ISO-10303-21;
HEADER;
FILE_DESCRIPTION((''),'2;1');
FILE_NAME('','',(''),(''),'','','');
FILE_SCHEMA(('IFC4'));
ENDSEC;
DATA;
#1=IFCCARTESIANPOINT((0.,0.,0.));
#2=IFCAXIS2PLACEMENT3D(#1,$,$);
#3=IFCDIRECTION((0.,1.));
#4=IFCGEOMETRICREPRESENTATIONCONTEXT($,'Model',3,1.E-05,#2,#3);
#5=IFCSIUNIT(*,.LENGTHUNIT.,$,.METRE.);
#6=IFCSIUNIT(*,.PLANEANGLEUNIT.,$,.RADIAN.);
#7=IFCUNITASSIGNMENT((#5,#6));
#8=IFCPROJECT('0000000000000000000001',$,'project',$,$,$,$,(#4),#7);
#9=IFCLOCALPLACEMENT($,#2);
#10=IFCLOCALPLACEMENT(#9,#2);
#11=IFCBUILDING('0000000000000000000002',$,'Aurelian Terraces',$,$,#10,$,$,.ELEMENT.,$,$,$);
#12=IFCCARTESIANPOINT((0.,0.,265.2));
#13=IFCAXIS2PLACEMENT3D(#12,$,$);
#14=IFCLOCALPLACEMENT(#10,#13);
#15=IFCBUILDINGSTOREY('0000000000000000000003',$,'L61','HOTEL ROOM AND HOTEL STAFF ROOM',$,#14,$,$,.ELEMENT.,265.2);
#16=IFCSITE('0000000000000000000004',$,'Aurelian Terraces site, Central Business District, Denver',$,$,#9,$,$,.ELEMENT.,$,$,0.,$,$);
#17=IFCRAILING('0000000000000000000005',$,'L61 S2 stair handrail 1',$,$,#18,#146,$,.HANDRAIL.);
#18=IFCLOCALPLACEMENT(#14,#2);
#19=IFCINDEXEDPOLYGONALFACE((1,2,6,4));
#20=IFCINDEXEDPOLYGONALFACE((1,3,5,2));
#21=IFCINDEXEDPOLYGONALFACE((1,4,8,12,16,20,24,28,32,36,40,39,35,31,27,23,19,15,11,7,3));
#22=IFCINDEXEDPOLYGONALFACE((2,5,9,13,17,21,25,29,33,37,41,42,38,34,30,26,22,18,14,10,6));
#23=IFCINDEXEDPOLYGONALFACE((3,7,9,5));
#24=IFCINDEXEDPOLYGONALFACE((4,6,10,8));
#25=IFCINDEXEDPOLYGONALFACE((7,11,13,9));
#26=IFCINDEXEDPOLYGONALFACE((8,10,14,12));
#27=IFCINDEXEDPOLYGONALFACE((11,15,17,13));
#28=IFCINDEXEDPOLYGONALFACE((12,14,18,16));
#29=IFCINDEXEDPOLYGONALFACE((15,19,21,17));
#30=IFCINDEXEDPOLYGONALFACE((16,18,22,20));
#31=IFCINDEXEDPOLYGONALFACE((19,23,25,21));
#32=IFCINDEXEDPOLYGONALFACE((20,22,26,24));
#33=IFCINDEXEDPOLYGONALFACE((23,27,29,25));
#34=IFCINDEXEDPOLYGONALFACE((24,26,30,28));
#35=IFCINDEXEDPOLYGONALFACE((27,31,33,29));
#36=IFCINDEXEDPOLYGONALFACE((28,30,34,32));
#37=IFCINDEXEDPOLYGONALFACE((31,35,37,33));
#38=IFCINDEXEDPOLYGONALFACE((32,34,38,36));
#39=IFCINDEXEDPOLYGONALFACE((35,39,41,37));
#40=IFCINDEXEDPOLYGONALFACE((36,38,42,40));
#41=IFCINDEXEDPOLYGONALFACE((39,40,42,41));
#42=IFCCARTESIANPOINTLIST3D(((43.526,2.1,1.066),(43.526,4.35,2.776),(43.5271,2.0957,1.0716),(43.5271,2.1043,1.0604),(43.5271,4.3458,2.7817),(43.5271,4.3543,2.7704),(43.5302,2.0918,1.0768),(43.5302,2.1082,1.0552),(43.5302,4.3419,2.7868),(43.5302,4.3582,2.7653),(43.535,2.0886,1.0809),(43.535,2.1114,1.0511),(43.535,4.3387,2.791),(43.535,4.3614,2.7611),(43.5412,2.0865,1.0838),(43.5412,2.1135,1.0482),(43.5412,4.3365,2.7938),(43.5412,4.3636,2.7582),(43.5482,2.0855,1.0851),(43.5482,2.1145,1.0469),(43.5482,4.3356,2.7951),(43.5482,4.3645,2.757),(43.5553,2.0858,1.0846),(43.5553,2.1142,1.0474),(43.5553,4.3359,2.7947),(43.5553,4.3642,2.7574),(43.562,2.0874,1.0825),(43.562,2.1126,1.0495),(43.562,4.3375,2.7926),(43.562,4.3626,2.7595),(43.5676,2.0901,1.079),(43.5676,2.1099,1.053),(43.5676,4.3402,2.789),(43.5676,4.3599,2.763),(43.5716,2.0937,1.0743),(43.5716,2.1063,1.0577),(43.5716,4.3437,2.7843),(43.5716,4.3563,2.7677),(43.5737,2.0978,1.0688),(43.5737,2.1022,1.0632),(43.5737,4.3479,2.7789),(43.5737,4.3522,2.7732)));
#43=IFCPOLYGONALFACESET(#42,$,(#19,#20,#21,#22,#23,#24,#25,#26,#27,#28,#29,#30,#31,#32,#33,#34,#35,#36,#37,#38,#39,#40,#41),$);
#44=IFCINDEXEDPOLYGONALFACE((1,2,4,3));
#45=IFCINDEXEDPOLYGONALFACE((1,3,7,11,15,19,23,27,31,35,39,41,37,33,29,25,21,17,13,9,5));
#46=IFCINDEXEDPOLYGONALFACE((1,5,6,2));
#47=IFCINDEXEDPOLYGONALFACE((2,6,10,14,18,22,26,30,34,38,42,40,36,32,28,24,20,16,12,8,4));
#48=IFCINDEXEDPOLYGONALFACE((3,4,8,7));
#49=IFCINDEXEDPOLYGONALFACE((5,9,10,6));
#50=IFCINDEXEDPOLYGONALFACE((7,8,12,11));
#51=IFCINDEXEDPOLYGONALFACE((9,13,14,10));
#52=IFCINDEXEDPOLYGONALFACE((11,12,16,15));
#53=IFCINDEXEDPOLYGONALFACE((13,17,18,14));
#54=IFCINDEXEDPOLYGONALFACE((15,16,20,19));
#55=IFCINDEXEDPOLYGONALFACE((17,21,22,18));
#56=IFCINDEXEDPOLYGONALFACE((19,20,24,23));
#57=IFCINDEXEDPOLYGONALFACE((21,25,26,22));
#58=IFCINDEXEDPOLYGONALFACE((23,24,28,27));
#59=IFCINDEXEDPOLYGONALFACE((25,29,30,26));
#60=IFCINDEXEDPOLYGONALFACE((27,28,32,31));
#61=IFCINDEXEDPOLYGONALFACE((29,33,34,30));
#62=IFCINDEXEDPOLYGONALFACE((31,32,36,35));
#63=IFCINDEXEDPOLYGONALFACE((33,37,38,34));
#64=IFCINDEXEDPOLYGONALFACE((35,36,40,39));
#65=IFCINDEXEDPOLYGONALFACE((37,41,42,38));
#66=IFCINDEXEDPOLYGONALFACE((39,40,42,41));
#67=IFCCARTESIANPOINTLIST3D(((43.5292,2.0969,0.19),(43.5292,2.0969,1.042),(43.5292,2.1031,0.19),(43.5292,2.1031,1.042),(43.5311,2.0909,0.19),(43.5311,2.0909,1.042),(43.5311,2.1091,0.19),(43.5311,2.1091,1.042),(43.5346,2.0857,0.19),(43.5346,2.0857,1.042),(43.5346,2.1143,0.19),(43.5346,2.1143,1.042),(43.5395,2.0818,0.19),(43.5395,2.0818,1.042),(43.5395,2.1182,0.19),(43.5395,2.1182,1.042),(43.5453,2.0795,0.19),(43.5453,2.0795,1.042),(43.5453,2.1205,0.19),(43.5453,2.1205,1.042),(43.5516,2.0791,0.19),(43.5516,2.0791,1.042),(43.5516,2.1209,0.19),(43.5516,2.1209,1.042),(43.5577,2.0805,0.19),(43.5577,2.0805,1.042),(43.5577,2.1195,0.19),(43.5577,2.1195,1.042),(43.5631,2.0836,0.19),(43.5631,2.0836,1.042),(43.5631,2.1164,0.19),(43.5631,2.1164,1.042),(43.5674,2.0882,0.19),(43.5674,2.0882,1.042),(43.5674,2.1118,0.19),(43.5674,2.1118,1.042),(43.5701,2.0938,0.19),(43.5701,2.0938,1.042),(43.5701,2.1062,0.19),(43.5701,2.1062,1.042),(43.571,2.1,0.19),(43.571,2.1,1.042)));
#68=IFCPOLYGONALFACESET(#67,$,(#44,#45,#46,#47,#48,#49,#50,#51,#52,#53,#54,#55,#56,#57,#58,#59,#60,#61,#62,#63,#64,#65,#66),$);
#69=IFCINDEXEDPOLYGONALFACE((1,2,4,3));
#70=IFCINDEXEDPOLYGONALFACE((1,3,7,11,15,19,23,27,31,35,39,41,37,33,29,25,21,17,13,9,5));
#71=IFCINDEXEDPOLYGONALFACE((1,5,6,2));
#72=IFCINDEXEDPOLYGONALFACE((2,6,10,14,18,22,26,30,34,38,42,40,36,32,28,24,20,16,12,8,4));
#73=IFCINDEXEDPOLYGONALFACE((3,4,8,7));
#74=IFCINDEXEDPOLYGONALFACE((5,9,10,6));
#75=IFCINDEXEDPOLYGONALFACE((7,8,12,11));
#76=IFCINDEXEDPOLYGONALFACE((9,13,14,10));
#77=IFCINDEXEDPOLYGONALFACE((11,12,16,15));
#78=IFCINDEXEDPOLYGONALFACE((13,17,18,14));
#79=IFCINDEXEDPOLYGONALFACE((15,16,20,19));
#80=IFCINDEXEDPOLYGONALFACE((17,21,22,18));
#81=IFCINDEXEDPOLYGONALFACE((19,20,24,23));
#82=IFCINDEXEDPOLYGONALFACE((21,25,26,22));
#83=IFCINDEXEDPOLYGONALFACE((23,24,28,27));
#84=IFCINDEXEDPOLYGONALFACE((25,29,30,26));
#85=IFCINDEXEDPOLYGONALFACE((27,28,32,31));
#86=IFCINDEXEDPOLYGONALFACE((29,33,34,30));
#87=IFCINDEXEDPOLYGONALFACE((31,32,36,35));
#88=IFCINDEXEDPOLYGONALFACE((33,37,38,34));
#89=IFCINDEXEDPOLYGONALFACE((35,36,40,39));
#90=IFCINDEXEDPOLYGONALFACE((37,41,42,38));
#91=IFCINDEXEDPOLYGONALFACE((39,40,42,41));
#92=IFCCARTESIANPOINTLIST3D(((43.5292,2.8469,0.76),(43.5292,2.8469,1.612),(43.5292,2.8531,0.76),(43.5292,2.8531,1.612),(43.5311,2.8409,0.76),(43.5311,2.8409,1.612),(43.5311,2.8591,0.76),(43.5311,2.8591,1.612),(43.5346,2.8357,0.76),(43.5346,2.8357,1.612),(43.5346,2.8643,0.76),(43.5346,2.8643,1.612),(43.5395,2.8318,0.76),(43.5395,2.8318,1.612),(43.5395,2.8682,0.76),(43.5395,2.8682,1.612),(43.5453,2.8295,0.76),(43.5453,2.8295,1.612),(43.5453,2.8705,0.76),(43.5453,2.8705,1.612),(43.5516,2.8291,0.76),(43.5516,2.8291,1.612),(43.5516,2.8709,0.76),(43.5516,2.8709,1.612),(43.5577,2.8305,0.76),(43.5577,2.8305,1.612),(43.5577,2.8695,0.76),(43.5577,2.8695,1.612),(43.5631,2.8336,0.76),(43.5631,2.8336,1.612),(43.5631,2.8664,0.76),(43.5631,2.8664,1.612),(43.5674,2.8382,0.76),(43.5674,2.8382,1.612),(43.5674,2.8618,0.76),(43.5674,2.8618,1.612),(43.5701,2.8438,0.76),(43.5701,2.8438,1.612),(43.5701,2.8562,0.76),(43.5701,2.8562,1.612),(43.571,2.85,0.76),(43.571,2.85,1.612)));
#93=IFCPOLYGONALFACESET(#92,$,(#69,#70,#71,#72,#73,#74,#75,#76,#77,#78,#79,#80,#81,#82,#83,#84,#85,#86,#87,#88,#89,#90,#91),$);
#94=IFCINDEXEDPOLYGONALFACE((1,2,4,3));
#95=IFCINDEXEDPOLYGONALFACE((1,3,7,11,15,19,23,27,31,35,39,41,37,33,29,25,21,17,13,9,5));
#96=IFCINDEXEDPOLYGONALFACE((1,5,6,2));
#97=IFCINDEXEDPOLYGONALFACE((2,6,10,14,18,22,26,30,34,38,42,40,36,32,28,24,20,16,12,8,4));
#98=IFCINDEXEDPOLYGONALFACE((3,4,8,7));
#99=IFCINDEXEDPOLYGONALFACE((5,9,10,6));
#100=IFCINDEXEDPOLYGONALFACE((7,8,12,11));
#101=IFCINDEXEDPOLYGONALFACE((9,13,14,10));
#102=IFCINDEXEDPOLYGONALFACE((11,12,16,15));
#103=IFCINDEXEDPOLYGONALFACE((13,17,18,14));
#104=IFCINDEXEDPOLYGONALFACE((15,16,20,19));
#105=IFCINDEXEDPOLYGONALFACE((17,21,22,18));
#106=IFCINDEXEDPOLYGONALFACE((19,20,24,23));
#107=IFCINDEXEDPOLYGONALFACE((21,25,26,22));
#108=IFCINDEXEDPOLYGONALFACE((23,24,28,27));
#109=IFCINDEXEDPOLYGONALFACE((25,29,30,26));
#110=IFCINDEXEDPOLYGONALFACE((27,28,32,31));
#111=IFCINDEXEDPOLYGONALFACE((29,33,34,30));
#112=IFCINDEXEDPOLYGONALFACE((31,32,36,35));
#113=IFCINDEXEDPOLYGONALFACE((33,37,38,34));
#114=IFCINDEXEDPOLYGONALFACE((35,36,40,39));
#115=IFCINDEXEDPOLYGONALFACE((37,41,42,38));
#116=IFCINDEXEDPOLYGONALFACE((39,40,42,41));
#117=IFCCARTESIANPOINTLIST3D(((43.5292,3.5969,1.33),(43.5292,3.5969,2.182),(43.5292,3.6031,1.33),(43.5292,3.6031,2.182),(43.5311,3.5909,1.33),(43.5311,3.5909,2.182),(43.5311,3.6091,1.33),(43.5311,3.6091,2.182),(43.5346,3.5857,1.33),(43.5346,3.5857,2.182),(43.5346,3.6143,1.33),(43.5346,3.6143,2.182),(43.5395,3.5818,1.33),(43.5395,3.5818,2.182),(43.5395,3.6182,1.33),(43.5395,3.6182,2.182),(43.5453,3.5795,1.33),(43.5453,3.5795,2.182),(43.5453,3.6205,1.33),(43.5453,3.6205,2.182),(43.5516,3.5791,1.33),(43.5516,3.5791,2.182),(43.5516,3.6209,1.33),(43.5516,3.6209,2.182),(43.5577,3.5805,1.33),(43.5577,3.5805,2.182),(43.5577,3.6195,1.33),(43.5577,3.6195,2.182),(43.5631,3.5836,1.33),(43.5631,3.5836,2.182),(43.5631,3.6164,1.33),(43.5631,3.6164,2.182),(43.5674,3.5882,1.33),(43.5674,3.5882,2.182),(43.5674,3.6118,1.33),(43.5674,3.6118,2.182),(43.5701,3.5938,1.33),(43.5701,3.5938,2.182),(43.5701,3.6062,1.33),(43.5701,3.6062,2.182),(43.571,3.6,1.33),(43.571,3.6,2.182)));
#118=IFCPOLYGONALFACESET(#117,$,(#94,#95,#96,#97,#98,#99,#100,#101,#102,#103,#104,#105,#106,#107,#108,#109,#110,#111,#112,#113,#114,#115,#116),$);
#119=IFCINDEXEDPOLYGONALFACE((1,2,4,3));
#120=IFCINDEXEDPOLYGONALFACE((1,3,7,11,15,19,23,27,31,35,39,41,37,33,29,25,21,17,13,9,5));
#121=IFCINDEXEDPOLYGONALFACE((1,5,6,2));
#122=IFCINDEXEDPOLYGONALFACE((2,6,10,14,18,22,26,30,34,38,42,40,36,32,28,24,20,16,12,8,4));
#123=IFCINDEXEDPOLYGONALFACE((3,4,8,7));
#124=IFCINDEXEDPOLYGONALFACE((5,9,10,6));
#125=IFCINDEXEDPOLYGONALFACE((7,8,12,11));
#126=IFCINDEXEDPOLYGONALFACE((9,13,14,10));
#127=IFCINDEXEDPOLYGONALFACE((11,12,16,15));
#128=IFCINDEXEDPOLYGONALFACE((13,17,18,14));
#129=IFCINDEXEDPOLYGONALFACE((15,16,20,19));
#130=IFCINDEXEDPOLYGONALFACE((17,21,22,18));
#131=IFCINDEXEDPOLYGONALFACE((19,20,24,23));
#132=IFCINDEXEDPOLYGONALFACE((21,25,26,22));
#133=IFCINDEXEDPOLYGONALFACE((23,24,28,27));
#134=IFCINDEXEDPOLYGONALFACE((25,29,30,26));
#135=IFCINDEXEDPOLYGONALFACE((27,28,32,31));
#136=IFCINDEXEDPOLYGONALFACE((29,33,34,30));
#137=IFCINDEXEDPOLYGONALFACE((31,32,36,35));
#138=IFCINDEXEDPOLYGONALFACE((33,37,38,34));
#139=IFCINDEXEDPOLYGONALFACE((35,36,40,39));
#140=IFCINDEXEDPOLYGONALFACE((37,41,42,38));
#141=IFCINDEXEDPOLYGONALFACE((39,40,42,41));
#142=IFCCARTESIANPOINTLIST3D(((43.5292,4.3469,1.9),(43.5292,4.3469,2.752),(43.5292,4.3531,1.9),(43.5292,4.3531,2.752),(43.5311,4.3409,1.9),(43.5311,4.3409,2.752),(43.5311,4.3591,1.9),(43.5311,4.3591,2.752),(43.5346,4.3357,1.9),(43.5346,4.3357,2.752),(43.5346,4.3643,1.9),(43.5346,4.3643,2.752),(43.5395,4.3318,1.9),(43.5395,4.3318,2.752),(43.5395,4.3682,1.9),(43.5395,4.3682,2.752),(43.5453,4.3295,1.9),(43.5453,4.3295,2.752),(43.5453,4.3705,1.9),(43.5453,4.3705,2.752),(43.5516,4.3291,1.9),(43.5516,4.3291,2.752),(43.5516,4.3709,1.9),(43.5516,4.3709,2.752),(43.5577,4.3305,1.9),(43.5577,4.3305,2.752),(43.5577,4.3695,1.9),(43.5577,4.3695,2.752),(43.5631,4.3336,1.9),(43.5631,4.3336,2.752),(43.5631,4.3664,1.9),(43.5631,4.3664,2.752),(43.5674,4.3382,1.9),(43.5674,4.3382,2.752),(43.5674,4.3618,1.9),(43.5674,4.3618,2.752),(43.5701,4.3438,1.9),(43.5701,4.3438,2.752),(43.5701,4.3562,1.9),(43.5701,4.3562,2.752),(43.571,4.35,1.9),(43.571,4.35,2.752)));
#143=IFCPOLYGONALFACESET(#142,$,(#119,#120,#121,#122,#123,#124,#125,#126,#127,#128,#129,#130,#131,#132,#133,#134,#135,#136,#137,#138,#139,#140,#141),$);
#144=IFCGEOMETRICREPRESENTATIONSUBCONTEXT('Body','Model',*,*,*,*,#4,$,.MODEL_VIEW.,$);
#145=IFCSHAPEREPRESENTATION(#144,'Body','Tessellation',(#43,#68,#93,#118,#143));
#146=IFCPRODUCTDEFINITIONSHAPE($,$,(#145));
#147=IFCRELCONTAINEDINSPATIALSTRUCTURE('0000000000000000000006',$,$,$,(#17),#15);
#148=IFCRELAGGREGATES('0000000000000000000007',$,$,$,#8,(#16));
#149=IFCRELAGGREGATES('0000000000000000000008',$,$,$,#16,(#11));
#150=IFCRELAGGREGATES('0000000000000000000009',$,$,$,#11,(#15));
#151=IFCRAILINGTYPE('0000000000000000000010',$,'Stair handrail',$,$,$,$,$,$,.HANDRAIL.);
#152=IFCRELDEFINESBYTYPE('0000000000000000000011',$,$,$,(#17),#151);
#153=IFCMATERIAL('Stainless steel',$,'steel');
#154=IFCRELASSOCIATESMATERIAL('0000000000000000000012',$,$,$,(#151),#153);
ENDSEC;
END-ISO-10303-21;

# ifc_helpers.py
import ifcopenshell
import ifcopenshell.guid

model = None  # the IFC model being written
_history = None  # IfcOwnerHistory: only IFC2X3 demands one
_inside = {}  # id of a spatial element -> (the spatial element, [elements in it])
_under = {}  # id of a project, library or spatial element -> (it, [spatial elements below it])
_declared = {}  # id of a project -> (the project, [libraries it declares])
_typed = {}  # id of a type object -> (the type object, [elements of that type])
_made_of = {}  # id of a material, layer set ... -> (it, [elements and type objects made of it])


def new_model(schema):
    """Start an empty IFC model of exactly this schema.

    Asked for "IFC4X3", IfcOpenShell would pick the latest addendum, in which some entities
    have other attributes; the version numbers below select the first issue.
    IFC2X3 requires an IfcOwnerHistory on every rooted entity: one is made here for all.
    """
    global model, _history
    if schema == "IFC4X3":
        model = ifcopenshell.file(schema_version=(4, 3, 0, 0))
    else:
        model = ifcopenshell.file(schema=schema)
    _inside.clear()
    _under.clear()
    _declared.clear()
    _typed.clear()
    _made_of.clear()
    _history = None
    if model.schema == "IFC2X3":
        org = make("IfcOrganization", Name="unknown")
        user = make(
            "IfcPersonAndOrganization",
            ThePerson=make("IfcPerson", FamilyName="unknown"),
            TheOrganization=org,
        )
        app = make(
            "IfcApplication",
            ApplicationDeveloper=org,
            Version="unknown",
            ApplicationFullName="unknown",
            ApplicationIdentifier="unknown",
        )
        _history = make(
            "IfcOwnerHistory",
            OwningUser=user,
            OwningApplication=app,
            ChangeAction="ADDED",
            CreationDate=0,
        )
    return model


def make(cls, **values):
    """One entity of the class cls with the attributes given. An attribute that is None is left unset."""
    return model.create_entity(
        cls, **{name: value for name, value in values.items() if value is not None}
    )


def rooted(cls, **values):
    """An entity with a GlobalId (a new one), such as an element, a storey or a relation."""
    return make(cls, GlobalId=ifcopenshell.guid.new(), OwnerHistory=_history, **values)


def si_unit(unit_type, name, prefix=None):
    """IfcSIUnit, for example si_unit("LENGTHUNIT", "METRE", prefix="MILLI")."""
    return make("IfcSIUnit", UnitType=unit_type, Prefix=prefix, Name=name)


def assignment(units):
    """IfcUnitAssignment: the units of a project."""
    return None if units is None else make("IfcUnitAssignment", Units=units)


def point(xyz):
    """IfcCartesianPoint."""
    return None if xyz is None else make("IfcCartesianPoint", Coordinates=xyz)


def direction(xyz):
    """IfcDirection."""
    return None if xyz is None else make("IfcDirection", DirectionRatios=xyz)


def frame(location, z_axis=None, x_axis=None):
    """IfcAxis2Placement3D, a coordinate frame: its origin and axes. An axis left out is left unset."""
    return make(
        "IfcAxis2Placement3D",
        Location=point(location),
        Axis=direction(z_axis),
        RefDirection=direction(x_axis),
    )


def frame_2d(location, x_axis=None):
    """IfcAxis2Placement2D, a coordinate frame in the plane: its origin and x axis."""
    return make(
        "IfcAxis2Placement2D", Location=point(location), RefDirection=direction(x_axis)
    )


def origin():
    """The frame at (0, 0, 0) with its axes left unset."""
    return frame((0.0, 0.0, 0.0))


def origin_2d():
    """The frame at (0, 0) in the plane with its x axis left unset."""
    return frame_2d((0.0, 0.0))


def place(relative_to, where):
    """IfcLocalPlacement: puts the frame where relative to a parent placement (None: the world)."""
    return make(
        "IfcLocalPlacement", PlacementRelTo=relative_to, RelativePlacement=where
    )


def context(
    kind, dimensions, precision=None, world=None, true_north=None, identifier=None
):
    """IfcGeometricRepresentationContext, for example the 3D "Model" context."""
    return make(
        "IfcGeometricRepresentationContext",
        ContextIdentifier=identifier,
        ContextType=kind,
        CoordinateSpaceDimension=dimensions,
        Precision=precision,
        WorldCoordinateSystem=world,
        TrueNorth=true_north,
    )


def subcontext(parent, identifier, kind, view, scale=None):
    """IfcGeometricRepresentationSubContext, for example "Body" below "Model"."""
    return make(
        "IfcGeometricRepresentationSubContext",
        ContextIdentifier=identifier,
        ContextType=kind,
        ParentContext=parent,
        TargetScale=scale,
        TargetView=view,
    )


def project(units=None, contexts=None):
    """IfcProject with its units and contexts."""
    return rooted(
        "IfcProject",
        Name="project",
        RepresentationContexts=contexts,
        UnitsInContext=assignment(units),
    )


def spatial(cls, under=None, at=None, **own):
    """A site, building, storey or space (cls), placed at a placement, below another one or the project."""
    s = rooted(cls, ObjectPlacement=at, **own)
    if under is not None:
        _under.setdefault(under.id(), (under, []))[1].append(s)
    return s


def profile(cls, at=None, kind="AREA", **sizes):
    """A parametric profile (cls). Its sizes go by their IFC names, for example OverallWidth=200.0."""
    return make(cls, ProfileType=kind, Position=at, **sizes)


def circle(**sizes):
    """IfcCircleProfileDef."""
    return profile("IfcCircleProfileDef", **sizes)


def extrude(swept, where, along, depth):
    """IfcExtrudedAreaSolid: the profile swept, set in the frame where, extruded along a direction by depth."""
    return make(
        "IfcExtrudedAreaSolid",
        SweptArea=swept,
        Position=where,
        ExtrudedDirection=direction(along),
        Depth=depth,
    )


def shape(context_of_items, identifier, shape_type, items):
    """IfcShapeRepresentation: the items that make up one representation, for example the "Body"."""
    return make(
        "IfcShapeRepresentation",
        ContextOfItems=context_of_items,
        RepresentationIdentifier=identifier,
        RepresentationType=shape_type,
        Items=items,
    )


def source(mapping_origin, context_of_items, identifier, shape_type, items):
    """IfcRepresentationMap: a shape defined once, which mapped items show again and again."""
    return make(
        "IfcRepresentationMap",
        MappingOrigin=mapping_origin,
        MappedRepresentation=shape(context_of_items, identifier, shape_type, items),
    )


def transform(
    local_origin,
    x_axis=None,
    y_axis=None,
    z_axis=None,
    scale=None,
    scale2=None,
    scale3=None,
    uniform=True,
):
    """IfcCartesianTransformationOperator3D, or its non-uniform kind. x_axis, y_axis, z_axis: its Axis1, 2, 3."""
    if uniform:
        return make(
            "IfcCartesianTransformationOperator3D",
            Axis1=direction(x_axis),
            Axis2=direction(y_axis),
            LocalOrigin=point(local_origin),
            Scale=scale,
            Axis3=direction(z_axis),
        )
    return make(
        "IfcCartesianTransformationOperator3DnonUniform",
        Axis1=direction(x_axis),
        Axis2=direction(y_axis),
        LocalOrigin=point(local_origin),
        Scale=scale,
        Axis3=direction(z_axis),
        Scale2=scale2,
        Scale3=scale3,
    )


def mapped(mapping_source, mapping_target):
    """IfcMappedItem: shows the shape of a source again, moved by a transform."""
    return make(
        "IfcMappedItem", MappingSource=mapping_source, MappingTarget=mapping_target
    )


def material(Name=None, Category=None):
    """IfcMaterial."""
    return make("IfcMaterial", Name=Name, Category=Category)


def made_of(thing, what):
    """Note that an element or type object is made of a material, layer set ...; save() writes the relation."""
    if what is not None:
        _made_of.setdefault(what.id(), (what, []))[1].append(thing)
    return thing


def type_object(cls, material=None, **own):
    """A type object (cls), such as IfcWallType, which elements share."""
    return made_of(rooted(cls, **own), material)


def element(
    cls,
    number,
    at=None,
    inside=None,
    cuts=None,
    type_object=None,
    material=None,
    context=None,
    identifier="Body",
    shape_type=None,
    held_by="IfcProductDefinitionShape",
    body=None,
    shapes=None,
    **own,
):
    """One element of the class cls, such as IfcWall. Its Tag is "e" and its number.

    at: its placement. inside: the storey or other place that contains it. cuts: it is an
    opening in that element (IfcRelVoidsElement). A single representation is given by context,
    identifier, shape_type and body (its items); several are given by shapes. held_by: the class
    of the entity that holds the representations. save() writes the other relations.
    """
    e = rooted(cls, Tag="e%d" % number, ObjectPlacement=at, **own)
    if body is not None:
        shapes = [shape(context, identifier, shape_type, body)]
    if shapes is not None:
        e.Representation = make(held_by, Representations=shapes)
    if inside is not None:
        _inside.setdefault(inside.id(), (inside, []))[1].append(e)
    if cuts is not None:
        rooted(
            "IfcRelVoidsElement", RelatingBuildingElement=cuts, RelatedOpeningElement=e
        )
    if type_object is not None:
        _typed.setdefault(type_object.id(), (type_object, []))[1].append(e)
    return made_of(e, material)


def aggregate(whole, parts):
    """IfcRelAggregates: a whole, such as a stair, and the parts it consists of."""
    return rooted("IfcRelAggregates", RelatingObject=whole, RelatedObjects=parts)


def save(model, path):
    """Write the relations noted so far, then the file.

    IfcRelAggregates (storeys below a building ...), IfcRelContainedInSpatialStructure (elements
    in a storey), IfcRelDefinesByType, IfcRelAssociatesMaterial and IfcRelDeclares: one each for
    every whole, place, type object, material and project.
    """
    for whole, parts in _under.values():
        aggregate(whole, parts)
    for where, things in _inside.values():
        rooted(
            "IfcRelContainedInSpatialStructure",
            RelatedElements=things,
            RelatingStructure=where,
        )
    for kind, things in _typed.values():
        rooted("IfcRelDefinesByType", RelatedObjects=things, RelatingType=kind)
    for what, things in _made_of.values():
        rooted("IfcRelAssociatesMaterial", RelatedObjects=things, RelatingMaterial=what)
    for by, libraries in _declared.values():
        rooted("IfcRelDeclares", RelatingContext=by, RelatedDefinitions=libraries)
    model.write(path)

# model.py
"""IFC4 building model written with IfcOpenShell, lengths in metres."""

from ifc_helpers import new_model, si_unit, direction, frame, origin, origin_2d, place, context, subcontext, project, spatial, circle, extrude, source, transform, mapped, material, type_object, element, save


model = new_model("IFC4")

# Units and contexts
model_context = context("Model", 3, precision=1e-05, world=origin(), true_north=direction((0.0, 1.0)))
body_context = subcontext(model_context, "Body", "Model", "MODEL_VIEW")
ifc_project = project(units=[si_unit("LENGTHUNIT", "METRE"), si_unit("PLANEANGLEUNIT", "RADIAN")], contexts=[model_context])

# Site, building, storey
site_placement = place(None, origin())
site = spatial("IfcSite", under=ifc_project, at=site_placement, Name="Aurelian Terraces site, Central Business District, Denver", CompositionType="ELEMENT", RefElevation=0.0)
building_placement = place(site_placement, origin())
building = spatial("IfcBuilding", under=site, at=building_placement, Name="Aurelian Terraces", CompositionType="ELEMENT")
storey_placement = place(building_placement, frame((0.0, 0.0, 265.2)))
storey = spatial("IfcBuildingStorey", under=building, at=storey_placement, Name="L61", Description="HOTEL ROOM AND HOTEL STAFF ROOM", CompositionType="ELEMENT", Elevation=265.2)

# Railing
ifc_material_1 = material(Name="Stainless steel", Category="steel")
railing_type_1 = type_object("IfcRailingType", Name="Stair handrail", PredefinedType="HANDRAIL", material=ifc_material_1)
shared_shape_1 = source(origin(), body_context, "Body", "SweptSolid", [
    extrude(circle(Radius=0.024, at=origin_2d()), frame((0.0, 0.0, 0.876), z_axis=(0.0, 0.796162, 0.605083), x_axis=(-1.0, 0.0, 0.0)), (0.0, 0.0, 1.0), 2.8261),
    extrude(circle(Radius=0.021, at=origin_2d()), origin(), (0.0, 0.0, 1.0), 0.852),
    extrude(circle(Radius=0.021, at=origin_2d()), frame((0.0, 0.75, 0.57)), (0.0, 0.0, 1.0), 0.852),
    extrude(circle(Radius=0.021, at=origin_2d()), frame((0.0, 1.5, 1.14)), (0.0, 0.0, 1.0), 0.852),
    extrude(circle(Radius=0.021, at=origin_2d()), frame((0.0, 2.25, 1.71)), (0.0, 0.0, 1.0), 0.852),
])
railing_1_placement = place(storey_placement, frame((43.55, 2.1, 0.19)))
element("IfcRailing", 1, at=railing_1_placement, inside=storey, type_object=railing_type_1, Name="L61 S2 stair handrail 1", PredefinedType="HANDRAIL", context=body_context, shape_type="MappedRepresentation", body=[
    mapped(shared_shape_1, transform((0.0, 0.0, 0.0), scale=1.0)),
])

save(model, "model.ifc")
